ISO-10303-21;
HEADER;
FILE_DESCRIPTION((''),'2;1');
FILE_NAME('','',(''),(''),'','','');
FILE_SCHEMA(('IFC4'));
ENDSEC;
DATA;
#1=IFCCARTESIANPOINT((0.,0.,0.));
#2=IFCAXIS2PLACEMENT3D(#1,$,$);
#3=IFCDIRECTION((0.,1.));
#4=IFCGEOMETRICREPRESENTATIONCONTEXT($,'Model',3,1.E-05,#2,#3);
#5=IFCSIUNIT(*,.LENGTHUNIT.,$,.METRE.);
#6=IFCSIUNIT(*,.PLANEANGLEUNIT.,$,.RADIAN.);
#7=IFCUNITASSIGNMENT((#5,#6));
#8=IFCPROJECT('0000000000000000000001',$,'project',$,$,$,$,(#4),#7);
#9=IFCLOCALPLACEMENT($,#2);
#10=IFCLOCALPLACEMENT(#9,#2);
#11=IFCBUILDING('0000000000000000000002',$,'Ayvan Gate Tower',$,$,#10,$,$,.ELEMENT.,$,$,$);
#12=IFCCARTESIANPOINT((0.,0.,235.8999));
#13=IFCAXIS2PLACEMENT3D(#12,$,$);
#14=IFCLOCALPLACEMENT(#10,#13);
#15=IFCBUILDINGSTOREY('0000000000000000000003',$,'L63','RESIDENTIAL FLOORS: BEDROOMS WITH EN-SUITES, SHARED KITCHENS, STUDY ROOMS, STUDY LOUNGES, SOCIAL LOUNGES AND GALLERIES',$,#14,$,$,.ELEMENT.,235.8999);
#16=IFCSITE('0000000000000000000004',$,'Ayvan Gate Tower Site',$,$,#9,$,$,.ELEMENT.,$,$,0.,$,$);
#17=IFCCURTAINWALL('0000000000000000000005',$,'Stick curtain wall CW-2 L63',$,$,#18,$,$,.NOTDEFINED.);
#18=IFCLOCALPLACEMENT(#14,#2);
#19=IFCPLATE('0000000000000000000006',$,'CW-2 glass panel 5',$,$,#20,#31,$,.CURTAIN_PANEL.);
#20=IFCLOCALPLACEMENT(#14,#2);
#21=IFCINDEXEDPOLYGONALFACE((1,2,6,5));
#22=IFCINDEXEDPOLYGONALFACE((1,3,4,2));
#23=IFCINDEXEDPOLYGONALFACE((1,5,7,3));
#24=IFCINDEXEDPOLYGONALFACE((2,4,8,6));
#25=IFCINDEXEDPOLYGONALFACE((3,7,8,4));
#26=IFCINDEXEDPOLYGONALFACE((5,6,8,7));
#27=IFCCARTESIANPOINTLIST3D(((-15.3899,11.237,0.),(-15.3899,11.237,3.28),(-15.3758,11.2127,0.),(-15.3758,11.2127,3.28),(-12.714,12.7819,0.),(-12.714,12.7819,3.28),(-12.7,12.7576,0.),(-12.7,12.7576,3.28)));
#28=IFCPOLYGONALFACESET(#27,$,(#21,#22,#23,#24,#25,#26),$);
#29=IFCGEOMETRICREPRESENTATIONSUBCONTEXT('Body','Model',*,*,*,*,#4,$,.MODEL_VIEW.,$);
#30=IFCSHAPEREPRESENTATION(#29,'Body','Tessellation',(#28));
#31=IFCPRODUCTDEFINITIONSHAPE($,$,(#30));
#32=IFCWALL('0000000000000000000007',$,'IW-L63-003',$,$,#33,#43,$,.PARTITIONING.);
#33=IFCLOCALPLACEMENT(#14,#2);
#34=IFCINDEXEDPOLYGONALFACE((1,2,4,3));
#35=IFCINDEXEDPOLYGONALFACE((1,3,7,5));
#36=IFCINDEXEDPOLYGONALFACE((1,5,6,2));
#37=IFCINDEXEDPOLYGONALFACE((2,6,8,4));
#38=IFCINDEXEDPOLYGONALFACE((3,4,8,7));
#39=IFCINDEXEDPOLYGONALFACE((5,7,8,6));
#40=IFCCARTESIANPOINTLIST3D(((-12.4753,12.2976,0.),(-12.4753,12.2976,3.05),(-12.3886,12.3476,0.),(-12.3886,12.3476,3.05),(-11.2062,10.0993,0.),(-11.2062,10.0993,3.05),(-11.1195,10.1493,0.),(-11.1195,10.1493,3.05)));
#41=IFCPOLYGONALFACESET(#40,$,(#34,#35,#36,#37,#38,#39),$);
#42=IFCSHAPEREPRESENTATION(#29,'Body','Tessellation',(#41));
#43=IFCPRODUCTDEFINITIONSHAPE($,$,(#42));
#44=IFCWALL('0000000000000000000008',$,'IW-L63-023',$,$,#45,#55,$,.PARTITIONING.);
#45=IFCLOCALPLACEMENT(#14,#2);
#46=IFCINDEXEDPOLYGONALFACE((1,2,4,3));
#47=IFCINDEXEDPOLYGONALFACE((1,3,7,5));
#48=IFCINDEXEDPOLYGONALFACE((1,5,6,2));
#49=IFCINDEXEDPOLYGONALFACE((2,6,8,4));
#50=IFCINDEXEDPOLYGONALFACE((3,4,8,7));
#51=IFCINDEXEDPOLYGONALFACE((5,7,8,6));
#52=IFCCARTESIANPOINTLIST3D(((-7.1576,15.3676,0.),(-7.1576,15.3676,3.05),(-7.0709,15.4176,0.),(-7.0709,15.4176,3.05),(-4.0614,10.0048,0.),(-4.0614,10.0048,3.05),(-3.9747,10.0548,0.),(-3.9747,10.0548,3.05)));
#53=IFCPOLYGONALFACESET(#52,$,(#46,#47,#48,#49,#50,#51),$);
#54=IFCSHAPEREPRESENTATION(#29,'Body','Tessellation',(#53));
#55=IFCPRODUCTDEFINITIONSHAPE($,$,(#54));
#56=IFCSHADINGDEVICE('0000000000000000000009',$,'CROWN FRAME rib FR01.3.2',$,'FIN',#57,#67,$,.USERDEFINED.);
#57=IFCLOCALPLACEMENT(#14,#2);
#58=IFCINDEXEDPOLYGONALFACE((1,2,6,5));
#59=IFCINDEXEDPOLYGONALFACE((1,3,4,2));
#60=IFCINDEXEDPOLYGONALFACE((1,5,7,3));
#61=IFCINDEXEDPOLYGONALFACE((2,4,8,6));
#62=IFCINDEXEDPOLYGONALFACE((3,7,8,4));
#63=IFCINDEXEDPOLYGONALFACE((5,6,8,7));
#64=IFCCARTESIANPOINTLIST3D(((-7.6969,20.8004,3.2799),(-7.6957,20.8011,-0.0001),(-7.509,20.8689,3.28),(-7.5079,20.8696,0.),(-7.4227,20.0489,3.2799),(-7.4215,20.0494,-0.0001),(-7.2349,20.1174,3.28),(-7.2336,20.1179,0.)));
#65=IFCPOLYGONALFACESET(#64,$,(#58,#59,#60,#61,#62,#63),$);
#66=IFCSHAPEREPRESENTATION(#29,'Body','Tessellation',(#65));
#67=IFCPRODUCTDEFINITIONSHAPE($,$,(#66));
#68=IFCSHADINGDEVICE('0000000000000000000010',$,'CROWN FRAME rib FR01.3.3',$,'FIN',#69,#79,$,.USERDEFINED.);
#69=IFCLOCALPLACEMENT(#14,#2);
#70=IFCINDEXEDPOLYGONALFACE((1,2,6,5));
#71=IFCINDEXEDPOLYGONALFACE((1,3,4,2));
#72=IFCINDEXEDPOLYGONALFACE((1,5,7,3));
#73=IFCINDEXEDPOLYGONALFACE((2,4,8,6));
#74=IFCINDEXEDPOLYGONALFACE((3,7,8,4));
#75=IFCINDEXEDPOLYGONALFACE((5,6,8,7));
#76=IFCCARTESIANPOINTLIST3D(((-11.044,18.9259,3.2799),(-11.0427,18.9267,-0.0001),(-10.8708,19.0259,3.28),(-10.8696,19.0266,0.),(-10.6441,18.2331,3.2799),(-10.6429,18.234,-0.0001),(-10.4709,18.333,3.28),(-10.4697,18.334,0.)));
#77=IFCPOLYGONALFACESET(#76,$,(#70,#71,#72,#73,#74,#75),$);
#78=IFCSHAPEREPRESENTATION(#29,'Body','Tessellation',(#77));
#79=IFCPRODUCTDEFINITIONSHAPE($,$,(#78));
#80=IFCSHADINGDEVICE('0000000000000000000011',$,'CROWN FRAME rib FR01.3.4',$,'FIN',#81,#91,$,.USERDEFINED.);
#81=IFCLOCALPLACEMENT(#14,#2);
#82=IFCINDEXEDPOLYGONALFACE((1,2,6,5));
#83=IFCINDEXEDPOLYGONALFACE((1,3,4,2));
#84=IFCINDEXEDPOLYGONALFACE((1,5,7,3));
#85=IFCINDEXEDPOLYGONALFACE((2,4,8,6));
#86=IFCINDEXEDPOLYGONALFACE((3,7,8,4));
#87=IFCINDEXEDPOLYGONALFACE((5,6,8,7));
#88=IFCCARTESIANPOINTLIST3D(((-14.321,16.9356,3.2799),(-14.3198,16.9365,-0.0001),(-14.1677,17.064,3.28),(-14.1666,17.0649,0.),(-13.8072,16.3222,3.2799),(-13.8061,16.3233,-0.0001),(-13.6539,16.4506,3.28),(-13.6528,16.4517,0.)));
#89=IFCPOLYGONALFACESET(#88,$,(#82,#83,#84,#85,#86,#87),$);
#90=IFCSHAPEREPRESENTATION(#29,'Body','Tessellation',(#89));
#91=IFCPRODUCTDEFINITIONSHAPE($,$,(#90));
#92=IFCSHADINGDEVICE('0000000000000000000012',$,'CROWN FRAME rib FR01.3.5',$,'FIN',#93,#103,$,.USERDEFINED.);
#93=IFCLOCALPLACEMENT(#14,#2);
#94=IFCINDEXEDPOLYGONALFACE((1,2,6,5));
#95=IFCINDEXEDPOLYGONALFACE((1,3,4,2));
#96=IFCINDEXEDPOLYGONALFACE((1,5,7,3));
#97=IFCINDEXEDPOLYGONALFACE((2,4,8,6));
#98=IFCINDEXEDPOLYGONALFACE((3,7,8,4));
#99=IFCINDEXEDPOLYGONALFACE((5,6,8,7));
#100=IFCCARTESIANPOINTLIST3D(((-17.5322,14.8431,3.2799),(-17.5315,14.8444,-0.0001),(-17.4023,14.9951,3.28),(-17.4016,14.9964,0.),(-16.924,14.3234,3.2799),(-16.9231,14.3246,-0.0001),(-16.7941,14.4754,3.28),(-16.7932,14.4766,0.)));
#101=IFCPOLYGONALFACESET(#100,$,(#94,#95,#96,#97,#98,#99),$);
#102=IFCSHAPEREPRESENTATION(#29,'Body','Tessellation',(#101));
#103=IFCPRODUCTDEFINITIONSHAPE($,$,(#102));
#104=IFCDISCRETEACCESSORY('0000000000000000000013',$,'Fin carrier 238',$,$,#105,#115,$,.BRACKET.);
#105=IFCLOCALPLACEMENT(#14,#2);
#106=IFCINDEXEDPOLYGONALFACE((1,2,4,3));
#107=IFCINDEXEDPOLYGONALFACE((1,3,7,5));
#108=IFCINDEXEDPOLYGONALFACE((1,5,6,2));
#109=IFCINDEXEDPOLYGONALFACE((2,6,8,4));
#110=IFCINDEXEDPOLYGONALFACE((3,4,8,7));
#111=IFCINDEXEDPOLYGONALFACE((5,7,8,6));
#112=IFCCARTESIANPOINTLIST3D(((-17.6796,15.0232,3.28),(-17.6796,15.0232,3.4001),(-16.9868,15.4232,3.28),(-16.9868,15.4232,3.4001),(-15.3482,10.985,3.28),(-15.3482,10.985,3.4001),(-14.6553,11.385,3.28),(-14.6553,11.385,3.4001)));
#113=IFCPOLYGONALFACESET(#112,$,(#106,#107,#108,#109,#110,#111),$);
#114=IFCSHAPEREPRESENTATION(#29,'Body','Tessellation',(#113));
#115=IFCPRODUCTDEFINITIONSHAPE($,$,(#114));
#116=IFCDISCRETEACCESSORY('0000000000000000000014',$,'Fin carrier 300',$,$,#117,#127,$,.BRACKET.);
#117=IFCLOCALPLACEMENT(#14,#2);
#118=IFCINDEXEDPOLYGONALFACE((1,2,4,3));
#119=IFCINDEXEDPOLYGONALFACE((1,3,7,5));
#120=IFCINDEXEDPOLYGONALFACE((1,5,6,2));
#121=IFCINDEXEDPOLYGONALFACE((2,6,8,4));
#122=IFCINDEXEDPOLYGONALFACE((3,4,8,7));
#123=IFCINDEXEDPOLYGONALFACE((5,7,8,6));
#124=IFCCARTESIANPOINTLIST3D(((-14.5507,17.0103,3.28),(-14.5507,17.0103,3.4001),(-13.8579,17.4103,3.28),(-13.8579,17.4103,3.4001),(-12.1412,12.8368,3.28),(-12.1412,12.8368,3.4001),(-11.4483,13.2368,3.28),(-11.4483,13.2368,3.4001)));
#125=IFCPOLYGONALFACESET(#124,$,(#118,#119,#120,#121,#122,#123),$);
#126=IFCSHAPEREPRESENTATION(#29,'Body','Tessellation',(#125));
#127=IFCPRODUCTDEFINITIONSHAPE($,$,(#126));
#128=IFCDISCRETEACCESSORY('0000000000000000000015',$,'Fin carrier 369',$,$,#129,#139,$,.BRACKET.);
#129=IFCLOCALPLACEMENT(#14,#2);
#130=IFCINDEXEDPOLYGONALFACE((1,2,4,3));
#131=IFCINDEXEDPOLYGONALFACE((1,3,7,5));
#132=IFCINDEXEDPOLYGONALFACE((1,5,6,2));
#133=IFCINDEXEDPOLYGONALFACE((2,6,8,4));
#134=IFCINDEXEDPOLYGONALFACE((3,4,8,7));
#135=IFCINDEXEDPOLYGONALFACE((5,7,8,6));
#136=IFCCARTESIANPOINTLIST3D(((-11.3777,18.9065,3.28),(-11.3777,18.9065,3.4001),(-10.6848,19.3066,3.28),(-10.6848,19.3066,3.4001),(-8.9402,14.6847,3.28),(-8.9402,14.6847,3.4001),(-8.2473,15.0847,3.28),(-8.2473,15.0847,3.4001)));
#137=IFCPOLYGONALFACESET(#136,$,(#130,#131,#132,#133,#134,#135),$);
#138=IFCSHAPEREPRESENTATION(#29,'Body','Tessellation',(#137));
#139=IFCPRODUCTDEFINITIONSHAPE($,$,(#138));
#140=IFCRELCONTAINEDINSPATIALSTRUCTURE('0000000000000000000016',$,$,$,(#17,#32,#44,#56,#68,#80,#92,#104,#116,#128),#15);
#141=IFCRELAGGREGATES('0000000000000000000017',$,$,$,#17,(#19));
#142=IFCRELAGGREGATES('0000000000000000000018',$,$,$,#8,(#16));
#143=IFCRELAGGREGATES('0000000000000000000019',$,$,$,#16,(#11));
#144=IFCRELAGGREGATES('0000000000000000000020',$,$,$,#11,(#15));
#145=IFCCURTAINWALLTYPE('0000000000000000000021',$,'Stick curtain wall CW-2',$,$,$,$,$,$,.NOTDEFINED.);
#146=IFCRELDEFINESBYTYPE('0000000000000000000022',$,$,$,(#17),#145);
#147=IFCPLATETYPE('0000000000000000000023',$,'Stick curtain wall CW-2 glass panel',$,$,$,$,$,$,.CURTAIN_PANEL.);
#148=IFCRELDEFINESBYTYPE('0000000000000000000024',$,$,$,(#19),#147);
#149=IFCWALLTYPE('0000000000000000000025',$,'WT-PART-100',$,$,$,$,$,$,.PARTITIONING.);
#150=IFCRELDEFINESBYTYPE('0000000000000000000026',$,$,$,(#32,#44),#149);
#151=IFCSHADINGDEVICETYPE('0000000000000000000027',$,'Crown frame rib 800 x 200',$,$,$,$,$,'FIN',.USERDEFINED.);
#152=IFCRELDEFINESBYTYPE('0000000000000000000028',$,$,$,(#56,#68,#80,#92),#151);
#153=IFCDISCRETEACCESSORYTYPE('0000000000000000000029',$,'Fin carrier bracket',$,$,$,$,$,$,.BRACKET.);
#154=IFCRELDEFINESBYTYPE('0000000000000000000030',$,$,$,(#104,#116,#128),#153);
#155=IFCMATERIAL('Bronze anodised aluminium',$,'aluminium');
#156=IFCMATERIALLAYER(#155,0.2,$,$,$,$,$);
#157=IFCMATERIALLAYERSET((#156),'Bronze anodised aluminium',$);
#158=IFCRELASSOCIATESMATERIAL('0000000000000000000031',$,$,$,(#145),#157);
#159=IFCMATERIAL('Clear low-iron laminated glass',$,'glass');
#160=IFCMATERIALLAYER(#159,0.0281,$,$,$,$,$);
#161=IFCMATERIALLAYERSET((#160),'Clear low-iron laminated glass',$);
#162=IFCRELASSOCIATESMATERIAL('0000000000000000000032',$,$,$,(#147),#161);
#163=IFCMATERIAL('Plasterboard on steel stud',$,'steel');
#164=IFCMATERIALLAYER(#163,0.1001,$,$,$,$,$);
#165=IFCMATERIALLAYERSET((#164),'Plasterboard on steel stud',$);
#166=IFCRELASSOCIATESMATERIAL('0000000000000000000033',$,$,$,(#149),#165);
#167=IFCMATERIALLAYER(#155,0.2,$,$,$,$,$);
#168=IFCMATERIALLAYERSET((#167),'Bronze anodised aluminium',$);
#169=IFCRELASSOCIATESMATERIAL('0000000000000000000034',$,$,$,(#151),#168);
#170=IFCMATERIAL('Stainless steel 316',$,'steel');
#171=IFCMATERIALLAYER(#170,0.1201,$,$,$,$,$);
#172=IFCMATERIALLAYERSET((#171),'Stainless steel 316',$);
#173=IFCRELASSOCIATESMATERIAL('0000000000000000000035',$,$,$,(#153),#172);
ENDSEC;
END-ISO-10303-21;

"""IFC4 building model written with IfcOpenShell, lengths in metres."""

from ifc_helpers import new_model, si_unit, direction, frame, frame_2d, origin, origin_2d, place, context, subcontext, project, spatial, polyline, rectangle, outline, extrude, material, layer, layer_set, type_object, element, aggregate, save


model = new_model("IFC4")

# Units and contexts
model_context = context("Model", 3, precision=1e-05, world=origin(), true_north=direction((0.0, 1.0)))
body_context = subcontext(model_context, "Body", "Model", "MODEL_VIEW")
ifc_project = project(units=[si_unit("LENGTHUNIT", "METRE"), si_unit("PLANEANGLEUNIT", "RADIAN")], contexts=[model_context])

# Site, building, storey
site_placement = place(None, origin())
site = spatial("IfcSite", under=ifc_project, at=site_placement, Name="Ayvan Gate Tower Site", CompositionType="ELEMENT", RefElevation=0.0)
building_placement = place(site_placement, origin())
building = spatial("IfcBuilding", under=site, at=building_placement, Name="Ayvan Gate Tower", CompositionType="ELEMENT")
storey_placement = place(building_placement, frame((0.0, 0.0, 235.8999)))
storey = spatial("IfcBuildingStorey", under=building, at=storey_placement, Name="L63", Description="RESIDENTIAL FLOORS: BEDROOMS WITH EN-SUITES, SHARED KITCHENS, STUDY ROOMS, STUDY LOUNGES, SOCIAL LOUNGES AND GALLERIES", CompositionType="ELEMENT", Elevation=235.8999)

# Curtain wall
ifc_material_1 = material(Name="Bronze anodised aluminium", Category="aluminium")
ifc_layer_1 = layer(ifc_material_1, 0.2)
ifc_layer_set_1 = layer_set([ifc_layer_1], Name="Bronze anodised aluminium")
curtain_wall_type_1 = type_object("IfcCurtainWallType", Name="Stick curtain wall CW-2", PredefinedType="NOTDEFINED", material=ifc_layer_set_1)
curtain_wall_1_placement = place(storey_placement, origin())
curtain_wall_1 = element("IfcCurtainWall", 1, at=curtain_wall_1_placement, inside=storey, type_object=curtain_wall_type_1, Name="Stick curtain wall CW-2 L63", PredefinedType="NOTDEFINED")

# Plate
ifc_material_2 = material(Name="Clear low-iron laminated glass", Category="glass")
ifc_layer_2 = layer(ifc_material_2, 0.0281)
ifc_layer_set_2 = layer_set([ifc_layer_2], Name="Clear low-iron laminated glass")
plate_type = type_object("IfcPlateType", Name="Stick curtain wall CW-2 glass panel", PredefinedType="CURTAIN_PANEL", material=ifc_layer_set_2)
plate_1_placement = place(storey_placement, frame((-14.0449, 11.9973, 0.0), z_axis=(0.0, 0.0, 1.0), x_axis=(-0.866025, -0.5, 0.0)))
plate_1 = element("IfcPlate", 2, at=plate_1_placement, type_object=plate_type, Name="CW-2 glass panel 5", PredefinedType="CURTAIN_PANEL", context=body_context, shape_type="SweptSolid", body=[
    extrude(rectangle(XDim=3.0898, YDim=0.0281, at=origin_2d()), origin(), (0.0, 0.0, 1.0), 3.28),
])
aggregate(curtain_wall_1, [plate_1])

# Walls
ifc_material_3 = material(Name="Plasterboard on steel stud", Category="steel")
ifc_layer_3 = layer(ifc_material_3, 0.1001)
ifc_layer_set_3 = layer_set([ifc_layer_3], Name="Plasterboard on steel stud")
wall_type = type_object("IfcWallType", Name="WT-PART-100", PredefinedType="PARTITIONING", material=ifc_layer_set_3)
wall_1_placement = place(storey_placement, frame((-12.4319, 12.3225, 0.0), z_axis=(0.0, 0.0, 1.0), x_axis=(0.499967, -0.866045, 0.0)))
element("IfcWall", 3, at=wall_1_placement, inside=storey, type_object=wall_type, Name="IW-L63-003", PredefinedType="PARTITIONING", context=body_context, shape_type="SweptSolid", body=[
    extrude(rectangle(XDim=2.5383, YDim=0.1001, at=frame_2d((1.269, 0.0))), origin(), (0.0, 0.0, 1.0), 3.05),
])
wall_2_placement = place(storey_placement, frame((-7.1143, 15.3926, 0.0), z_axis=(0.0, 0.0, 1.0), x_axis=(0.499998, -0.866027, 0.0)))
element("IfcWall", 4, at=wall_2_placement, inside=storey, type_object=wall_type, Name="IW-L63-023", PredefinedType="PARTITIONING", context=body_context, shape_type="SweptSolid", body=[
    extrude(rectangle(XDim=6.1924, YDim=0.1001, at=frame_2d((3.0962, 0.0))), origin(), (0.0, 0.0, 1.0), 3.05),
])

# Shading devices
ifc_layer_4 = layer(ifc_material_1, 0.2)
ifc_layer_set_4 = layer_set([ifc_layer_4], Name="Bronze anodised aluminium")
shading_device_type = type_object("IfcShadingDeviceType", Name="Crown frame rib 800 x 200", ElementType="FIN", PredefinedType="USERDEFINED", material=ifc_layer_set_4)
shading_device_1_placement = place(storey_placement, frame((-7.2336, 20.1179, 0.0), z_axis=(0.939445, 0.342698, 0.000413), x_axis=(-0.342698, 0.939445, 0.0)))
element("IfcShadingDevice", 5, at=shading_device_1_placement, inside=storey, type_object=shading_device_type, Name="CROWN FRAME rib FR01.3.2", ObjectType="FIN", PredefinedType="USERDEFINED", context=body_context, shape_type="SweptSolid", body=[
    extrude(outline(polyline([(0.0, 0.0), (0.8001, 0.0), (0.7999, 3.28), (0.0, 3.28), (0.0, 0.0)])), origin(), (0.0, 0.0, -1.0), 0.2),
])
shading_device_2_placement = place(storey_placement, frame((-10.4697, 18.334, 0.0), z_axis=(0.866056, 0.499947, 0.000453), x_axis=(-0.499947, 0.866056, 0.0)))
element("IfcShadingDevice", 6, at=shading_device_2_placement, inside=storey, type_object=shading_device_type, Name="CROWN FRAME rib FR01.3.3", ObjectType="FIN", PredefinedType="USERDEFINED", context=body_context, shape_type="SweptSolid", body=[
    extrude(outline(polyline([(0.0, 0.0), (0.7998, 0.0), (0.7998, 3.28), (-0.0002, 3.28), (0.0, 0.0)])), origin(), (0.0, 0.0, -1.0), 0.2),
])
shading_device_3_placement = place(storey_placement, frame((-13.6528, 16.4517, 0.0), z_axis=(0.766543, 0.642193, 0.000448), x_axis=(-0.642193, 0.766543, 0.0)))
element("IfcShadingDevice", 7, at=shading_device_3_placement, inside=storey, type_object=shading_device_type, Name="CROWN FRAME rib FR01.3.4", ObjectType="FIN", PredefinedType="USERDEFINED", context=body_context, shape_type="SweptSolid", body=[
    extrude(outline(polyline([(0.0, 0.0), (0.8, 0.0), (0.8, 3.28), (-0.0001, 3.28), (0.0, 0.0)])), origin(), (0.0, 0.0, -1.0), 0.2),
])
shading_device_4_placement = place(storey_placement, frame((-16.7932, 14.4766, 0.0), z_axis=(0.649635, 0.760246, 0.000452), x_axis=(-0.760247, 0.649635, 0.0)))
element("IfcShadingDevice", 8, at=shading_device_4_placement, inside=storey, type_object=shading_device_type, Name="CROWN FRAME rib FR01.3.5", ObjectType="FIN", PredefinedType="USERDEFINED", context=body_context, shape_type="SweptSolid", body=[
    extrude(outline(polyline([(0.0, 0.0), (0.8002, 0.0), (0.8, 3.28), (-0.0001, 3.28), (0.0, 0.0)])), origin(), (0.0, 0.0, -1.0), 0.2),
])

# Discrete accessories
ifc_material_4 = material(Name="Stainless steel 316", Category="steel")
ifc_layer_5 = layer(ifc_material_4, 0.1201)
ifc_layer_set_5 = layer_set([ifc_layer_5], Name="Stainless steel 316")
discrete_accessory_type = type_object("IfcDiscreteAccessoryType", Name="Fin carrier bracket", PredefinedType="BRACKET", material=ifc_layer_set_5)
discrete_accessory_1_placement = place(storey_placement, frame((-16.1675, 13.2041, 3.28), z_axis=(0.0, 0.0, 1.0), x_axis=(-0.866025, -0.5, 0.0)))
element("IfcDiscreteAccessory", 9, at=discrete_accessory_1_placement, inside=storey, type_object=discrete_accessory_type, Name="Fin carrier 238", PredefinedType="BRACKET", context=body_context, shape_type="SweptSolid", body=[
    extrude(rectangle(XDim=0.8, YDim=4.6628, at=origin_2d()), origin(), (0.0, 0.0, 1.0), 0.1201),
])
discrete_accessory_2_placement = place(storey_placement, frame((-12.9995, 15.1235, 3.28), z_axis=(0.0, 0.0, 1.0), x_axis=(-0.866025, -0.5, 0.0)))
element("IfcDiscreteAccessory", 10, at=discrete_accessory_2_placement, inside=storey, type_object=discrete_accessory_type, Name="Fin carrier 300", PredefinedType="BRACKET", context=body_context, shape_type="SweptSolid", body=[
    extrude(rectangle(XDim=0.8, YDim=4.8191, at=origin_2d()), origin(), (0.0, 0.0, 1.0), 0.1201),
])
discrete_accessory_3_placement = place(storey_placement, frame((-9.8125, 16.9956, 3.28), z_axis=(0.0, 0.0, 1.0), x_axis=(-0.866025, -0.5, 0.0)))
element("IfcDiscreteAccessory", 11, at=discrete_accessory_3_placement, inside=storey, type_object=discrete_accessory_type, Name="Fin carrier 369", PredefinedType="BRACKET", context=body_context, shape_type="SweptSolid", body=[
    extrude(rectangle(XDim=0.8, YDim=4.875, at=origin_2d()), origin(), (0.0, 0.0, 1.0), 0.1201),
])

save(model, "model.ifc")
